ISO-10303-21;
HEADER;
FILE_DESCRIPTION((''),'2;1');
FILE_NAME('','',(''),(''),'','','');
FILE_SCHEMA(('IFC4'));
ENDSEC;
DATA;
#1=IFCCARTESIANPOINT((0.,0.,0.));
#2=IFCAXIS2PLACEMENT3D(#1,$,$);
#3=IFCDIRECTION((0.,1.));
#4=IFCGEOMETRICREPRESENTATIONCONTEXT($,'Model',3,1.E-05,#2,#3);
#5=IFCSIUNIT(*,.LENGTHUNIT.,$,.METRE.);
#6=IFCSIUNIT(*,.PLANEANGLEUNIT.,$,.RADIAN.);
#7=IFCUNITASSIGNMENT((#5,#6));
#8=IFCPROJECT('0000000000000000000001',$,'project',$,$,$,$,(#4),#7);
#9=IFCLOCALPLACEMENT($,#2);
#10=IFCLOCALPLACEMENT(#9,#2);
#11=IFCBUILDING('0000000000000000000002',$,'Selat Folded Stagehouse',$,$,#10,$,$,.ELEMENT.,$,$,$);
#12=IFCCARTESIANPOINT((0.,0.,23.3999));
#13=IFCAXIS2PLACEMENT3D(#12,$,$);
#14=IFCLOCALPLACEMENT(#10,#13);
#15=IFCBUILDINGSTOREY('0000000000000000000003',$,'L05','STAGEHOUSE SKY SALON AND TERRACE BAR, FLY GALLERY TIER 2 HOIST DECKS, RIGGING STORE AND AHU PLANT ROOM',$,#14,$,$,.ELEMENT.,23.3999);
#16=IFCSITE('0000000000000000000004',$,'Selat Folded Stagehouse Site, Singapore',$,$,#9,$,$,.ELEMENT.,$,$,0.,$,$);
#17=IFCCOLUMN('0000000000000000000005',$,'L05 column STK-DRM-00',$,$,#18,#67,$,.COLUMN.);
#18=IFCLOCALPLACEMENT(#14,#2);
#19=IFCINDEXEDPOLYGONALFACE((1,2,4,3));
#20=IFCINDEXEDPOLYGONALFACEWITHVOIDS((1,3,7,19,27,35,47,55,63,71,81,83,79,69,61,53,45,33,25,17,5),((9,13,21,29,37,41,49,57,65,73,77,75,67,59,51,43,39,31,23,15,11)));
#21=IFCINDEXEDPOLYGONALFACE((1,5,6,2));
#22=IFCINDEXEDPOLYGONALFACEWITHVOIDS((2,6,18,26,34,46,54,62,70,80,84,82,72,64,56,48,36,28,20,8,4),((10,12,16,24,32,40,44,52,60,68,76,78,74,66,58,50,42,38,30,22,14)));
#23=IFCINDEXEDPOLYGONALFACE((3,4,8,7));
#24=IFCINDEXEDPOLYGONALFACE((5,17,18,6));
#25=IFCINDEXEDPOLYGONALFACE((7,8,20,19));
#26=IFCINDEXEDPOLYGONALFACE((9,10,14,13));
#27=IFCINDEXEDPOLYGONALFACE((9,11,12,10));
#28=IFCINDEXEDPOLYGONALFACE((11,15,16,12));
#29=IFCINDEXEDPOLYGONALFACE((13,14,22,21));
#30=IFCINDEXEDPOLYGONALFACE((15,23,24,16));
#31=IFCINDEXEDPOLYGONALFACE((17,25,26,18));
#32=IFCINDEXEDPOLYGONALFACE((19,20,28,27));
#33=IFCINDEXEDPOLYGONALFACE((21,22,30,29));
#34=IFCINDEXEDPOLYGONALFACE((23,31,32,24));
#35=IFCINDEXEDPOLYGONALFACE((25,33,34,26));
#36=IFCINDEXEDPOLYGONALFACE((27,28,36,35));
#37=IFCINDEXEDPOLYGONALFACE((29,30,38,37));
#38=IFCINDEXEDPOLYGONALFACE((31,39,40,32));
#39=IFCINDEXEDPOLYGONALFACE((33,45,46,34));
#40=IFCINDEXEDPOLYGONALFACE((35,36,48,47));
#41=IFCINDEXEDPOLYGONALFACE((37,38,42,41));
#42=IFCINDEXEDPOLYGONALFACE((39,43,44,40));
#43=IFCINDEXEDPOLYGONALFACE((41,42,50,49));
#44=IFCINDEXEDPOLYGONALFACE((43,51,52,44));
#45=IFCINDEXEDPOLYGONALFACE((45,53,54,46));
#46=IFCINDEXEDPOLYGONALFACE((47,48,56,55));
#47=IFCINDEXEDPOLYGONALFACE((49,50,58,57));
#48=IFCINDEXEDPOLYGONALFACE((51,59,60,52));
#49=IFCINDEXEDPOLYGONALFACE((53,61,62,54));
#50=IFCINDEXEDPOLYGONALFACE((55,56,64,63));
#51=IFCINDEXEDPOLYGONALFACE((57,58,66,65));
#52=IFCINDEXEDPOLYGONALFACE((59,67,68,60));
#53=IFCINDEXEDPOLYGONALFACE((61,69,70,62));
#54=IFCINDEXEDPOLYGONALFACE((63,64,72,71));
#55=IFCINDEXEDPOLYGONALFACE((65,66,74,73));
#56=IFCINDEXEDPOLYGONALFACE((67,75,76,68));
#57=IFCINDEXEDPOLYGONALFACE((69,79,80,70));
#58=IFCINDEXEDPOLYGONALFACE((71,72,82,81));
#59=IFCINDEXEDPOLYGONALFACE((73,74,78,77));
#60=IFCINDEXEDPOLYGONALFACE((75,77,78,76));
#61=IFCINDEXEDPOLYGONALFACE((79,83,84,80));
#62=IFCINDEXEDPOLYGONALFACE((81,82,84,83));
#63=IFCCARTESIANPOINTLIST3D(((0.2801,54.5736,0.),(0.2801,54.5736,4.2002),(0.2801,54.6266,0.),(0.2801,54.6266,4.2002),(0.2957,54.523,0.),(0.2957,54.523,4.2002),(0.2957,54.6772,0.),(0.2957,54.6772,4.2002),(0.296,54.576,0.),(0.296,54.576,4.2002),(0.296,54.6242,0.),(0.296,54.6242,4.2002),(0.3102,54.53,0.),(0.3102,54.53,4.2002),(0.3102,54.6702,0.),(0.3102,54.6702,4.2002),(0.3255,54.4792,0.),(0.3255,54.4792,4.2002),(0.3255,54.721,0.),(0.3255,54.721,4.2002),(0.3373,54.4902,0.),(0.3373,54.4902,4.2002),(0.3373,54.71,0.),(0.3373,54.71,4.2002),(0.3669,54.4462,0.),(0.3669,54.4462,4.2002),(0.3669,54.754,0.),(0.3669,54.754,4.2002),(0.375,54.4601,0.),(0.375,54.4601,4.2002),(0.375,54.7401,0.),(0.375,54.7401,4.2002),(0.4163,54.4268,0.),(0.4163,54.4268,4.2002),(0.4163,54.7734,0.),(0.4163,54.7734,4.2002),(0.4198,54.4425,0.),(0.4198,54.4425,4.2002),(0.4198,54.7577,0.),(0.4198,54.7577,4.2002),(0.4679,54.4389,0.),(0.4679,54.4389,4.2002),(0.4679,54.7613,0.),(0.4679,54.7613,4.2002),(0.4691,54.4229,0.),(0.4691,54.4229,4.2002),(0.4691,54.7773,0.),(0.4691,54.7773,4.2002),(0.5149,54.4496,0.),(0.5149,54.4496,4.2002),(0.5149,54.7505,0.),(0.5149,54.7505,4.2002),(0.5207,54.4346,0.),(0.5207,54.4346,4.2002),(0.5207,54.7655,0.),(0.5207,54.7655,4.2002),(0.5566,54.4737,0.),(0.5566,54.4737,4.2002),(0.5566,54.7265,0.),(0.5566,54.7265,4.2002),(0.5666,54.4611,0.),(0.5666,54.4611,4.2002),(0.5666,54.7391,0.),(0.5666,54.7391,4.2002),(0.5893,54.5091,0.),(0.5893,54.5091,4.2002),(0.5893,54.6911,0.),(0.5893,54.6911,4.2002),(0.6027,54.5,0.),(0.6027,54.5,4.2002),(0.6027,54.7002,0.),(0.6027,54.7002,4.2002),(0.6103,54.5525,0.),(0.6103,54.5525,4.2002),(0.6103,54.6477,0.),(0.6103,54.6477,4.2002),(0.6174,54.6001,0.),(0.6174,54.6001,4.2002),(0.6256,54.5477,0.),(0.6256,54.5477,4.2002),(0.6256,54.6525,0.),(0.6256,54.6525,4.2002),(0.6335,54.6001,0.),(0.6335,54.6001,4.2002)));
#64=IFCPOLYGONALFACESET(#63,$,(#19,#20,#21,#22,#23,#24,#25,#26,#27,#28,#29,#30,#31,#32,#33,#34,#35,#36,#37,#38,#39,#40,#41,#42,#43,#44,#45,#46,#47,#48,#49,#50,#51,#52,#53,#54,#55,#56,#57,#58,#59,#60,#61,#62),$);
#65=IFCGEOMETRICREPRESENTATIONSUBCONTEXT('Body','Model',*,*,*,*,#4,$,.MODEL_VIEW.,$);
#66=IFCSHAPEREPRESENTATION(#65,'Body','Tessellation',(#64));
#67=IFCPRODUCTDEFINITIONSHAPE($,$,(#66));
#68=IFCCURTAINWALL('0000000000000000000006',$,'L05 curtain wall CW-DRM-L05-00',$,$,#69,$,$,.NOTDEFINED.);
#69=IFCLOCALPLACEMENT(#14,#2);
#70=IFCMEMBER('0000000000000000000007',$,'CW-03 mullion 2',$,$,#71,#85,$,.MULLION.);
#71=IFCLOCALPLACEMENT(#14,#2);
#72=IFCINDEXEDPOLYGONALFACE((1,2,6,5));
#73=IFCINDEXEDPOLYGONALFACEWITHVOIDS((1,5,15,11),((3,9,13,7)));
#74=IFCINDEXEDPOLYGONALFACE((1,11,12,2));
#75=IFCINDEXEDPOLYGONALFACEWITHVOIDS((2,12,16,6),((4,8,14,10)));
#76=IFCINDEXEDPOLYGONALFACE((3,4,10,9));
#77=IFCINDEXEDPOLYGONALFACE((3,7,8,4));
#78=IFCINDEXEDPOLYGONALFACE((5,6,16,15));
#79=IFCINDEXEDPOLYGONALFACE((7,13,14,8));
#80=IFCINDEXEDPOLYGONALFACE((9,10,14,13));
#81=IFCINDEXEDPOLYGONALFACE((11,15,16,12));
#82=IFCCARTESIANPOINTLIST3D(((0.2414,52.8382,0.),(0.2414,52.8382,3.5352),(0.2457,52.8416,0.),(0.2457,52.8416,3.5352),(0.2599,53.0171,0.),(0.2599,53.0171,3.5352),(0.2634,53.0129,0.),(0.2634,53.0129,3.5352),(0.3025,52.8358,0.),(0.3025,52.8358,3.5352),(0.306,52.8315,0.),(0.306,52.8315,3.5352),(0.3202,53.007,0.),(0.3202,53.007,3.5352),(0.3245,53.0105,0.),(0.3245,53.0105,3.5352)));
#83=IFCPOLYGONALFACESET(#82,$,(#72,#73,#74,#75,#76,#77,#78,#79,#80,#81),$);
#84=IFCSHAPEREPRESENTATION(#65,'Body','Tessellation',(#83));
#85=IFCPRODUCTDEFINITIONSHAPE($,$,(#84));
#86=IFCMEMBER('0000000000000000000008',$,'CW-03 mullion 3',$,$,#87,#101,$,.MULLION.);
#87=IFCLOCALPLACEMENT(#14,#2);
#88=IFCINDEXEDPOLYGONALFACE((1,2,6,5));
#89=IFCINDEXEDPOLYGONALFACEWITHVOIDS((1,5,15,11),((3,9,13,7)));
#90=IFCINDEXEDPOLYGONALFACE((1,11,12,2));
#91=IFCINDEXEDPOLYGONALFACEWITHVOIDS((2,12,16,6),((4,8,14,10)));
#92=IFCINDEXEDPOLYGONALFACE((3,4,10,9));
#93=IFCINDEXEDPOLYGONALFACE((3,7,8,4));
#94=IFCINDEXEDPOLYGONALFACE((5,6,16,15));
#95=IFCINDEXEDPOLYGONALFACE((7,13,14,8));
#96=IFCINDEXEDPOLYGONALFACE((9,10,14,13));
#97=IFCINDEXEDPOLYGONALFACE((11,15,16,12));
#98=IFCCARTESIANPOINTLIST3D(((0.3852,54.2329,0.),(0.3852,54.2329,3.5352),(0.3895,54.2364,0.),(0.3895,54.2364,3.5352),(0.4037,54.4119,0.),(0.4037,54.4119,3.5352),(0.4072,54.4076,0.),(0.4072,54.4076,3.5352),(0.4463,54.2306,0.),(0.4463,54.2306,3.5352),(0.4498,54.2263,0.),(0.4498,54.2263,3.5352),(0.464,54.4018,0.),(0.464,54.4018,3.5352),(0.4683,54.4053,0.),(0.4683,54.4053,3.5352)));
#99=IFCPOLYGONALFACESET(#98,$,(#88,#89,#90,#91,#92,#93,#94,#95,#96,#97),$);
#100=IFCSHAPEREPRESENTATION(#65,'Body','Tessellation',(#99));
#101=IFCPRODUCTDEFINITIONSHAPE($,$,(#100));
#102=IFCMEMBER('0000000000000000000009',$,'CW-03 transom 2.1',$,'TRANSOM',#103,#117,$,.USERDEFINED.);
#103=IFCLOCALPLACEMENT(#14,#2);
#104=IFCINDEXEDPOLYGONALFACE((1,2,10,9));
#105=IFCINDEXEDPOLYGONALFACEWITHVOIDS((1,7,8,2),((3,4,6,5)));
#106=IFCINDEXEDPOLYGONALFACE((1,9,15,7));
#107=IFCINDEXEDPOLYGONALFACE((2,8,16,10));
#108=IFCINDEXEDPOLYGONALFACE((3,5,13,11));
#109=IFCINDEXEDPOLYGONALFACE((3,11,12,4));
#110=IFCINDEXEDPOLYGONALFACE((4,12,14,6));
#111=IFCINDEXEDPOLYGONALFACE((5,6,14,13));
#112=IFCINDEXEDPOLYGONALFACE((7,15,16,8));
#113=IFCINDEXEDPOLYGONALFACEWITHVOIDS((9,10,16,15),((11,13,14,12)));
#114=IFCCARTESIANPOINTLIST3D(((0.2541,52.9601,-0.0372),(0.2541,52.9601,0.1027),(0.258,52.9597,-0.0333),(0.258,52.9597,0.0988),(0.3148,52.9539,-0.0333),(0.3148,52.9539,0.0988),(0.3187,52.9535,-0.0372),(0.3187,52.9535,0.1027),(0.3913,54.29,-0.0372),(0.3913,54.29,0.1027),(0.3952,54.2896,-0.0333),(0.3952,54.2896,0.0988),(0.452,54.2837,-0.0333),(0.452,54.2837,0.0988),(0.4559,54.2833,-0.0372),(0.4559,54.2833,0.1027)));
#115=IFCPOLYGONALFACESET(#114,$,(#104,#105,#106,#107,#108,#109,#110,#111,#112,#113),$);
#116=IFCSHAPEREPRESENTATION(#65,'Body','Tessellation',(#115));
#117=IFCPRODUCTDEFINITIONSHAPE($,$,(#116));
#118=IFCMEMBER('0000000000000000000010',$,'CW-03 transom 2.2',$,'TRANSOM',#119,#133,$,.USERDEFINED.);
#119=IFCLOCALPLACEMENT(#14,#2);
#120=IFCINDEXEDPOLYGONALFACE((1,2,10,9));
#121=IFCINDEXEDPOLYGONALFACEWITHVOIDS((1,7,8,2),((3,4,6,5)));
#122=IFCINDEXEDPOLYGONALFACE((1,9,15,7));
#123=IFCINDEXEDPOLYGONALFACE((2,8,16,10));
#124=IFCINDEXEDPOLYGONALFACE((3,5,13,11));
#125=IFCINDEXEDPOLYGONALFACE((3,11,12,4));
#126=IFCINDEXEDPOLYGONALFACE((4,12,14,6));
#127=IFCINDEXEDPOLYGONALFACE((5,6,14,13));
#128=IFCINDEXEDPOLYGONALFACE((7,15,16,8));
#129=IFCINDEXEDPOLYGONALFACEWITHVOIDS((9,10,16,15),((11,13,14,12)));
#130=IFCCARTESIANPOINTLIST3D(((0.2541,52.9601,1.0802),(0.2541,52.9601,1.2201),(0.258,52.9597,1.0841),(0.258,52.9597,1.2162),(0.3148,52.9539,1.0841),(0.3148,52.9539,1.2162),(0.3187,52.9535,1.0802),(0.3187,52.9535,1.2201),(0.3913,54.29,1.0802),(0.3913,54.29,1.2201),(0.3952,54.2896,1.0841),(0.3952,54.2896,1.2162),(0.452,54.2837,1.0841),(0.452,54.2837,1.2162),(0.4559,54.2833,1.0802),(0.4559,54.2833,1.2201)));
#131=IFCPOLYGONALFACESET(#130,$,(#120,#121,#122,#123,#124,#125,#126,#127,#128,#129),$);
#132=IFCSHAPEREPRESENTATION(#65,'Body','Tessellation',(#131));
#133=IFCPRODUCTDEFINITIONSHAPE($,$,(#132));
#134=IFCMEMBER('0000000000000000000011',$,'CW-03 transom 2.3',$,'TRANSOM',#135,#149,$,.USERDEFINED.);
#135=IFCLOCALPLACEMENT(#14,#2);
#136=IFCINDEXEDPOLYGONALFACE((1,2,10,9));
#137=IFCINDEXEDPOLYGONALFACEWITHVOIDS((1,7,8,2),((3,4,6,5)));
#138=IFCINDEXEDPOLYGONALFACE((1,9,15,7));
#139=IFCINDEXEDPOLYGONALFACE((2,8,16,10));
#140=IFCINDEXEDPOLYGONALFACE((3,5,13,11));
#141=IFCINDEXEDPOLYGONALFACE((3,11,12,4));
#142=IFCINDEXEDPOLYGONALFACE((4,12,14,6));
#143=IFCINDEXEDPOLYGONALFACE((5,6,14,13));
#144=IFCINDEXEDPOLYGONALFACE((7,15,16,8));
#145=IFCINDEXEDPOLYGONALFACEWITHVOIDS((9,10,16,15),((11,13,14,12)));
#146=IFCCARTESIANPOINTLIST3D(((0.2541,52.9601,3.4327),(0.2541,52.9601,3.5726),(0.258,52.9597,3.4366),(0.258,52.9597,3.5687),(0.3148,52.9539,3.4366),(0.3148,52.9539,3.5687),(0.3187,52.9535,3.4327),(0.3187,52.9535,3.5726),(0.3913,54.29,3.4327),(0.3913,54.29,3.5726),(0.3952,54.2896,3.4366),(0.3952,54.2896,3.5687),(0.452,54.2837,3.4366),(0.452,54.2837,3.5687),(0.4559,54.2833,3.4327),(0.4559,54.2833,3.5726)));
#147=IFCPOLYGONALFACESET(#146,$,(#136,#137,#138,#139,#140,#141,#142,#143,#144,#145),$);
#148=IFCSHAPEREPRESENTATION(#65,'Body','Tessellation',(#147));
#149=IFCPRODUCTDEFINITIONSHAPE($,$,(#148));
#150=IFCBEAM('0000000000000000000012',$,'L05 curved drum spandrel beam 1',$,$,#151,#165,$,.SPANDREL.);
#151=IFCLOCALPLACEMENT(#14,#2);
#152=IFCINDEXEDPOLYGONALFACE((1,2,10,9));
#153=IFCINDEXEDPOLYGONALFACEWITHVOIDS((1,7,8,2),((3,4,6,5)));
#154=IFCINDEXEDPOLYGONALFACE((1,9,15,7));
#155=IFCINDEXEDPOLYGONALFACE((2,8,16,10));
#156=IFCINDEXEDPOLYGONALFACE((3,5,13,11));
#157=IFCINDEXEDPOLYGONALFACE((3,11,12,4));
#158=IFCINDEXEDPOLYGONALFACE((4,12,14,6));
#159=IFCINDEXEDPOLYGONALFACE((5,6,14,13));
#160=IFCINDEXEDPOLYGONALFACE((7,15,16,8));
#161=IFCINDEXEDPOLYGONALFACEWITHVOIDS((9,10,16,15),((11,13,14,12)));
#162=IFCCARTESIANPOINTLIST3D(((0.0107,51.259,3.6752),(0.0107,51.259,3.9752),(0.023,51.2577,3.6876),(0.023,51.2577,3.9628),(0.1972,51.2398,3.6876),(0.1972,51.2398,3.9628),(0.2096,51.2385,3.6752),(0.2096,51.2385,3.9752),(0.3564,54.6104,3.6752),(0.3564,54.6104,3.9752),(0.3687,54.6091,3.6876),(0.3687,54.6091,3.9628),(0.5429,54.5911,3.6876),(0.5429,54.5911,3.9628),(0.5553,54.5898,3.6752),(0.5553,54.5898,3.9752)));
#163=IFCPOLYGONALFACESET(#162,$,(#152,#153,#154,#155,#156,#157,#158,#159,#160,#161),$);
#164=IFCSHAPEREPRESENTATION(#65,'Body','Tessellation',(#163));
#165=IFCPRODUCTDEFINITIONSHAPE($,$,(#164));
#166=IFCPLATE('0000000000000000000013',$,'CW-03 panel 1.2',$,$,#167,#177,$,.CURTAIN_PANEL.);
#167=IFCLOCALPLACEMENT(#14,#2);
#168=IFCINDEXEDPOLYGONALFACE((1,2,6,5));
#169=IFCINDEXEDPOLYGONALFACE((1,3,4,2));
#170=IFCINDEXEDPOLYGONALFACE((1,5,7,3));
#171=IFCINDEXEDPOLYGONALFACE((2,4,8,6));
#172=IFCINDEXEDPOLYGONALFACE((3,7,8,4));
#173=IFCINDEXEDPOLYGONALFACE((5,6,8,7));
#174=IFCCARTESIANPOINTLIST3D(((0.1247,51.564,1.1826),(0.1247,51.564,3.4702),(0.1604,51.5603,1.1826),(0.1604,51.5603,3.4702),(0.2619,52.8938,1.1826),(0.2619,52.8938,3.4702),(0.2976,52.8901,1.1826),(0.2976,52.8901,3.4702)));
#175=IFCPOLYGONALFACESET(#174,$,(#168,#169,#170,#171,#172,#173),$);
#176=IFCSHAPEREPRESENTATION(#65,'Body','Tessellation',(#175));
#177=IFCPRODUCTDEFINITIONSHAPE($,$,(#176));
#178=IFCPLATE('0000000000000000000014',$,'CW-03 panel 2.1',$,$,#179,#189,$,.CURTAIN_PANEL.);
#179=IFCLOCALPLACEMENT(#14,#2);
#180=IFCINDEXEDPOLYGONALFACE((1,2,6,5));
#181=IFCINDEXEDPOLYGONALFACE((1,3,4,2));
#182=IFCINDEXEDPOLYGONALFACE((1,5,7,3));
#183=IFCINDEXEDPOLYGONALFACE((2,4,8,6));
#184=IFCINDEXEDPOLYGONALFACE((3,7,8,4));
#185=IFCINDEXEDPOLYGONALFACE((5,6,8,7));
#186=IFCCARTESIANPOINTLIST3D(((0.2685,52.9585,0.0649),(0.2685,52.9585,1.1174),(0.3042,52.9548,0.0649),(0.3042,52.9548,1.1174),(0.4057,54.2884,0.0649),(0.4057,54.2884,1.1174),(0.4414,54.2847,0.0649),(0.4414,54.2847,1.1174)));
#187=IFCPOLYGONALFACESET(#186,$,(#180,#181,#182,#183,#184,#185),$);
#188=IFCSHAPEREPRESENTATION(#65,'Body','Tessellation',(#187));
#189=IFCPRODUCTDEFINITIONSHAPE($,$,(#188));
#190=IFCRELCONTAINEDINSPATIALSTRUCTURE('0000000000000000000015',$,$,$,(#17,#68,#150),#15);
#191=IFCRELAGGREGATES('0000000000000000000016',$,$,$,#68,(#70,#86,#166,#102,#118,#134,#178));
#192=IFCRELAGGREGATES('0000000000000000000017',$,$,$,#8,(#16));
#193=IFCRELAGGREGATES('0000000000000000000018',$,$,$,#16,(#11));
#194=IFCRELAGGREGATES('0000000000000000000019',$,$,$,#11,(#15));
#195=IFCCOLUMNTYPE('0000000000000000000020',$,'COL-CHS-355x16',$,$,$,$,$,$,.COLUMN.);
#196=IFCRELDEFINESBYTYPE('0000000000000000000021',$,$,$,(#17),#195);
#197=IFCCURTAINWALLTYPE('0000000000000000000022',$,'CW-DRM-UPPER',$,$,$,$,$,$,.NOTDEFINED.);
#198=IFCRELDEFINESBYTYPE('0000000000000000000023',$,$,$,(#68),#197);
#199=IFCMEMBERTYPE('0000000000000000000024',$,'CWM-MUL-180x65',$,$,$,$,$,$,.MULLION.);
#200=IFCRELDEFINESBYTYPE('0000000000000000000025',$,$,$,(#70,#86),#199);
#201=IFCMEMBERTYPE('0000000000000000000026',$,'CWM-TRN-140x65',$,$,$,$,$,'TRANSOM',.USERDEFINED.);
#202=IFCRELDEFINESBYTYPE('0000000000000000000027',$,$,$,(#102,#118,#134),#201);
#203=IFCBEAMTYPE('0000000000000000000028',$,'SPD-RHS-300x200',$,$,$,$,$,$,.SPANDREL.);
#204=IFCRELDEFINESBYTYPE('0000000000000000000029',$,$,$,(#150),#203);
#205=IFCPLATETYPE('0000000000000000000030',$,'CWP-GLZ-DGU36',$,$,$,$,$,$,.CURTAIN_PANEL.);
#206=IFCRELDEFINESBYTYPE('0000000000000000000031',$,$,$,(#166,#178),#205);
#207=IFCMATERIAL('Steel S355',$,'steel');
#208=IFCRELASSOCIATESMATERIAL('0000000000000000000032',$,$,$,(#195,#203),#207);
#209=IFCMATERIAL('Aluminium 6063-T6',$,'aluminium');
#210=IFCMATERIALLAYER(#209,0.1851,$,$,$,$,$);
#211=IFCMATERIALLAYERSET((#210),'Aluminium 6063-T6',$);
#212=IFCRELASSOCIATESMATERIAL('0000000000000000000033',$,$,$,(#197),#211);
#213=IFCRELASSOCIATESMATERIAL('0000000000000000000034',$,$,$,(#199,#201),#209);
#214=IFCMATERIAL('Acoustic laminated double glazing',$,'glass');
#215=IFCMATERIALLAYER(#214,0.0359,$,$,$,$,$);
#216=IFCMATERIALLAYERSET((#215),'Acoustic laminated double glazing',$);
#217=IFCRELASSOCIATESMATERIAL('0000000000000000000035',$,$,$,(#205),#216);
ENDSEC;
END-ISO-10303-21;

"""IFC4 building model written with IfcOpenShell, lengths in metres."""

from ifc_helpers import new_model, si_unit, direction, frame, origin, origin_2d, place, context, subcontext, project, spatial, rectangle, hollow_rectangle, hollow_circle, extrude, material, layer, layer_set, material_profile, profile_set, type_object, element, aggregate, save


model = new_model("IFC4")

# Units and contexts
model_context = context("Model", 3, precision=1e-05, world=origin(), true_north=direction((0.0, 1.0)))
body_context = subcontext(model_context, "Body", "Model", "MODEL_VIEW")
ifc_project = project(units=[si_unit("LENGTHUNIT", "METRE"), si_unit("PLANEANGLEUNIT", "RADIAN")], contexts=[model_context])

# Site, building, storey
site_placement = place(None, origin())
site = spatial("IfcSite", under=ifc_project, at=site_placement, Name="Selat Folded Stagehouse Site, Singapore", CompositionType="ELEMENT", RefElevation=0.0)
building_placement = place(site_placement, origin())
building = spatial("IfcBuilding", under=site, at=building_placement, Name="Selat Folded Stagehouse", CompositionType="ELEMENT")
storey_placement = place(building_placement, frame((0.0, 0.0, 23.3999)))
storey = spatial("IfcBuildingStorey", under=building, at=storey_placement, Name="L05", Description="STAGEHOUSE SKY SALON AND TERRACE BAR, FLY GALLERY TIER 2 HOIST DECKS, RIGGING STORE AND AHU PLANT ROOM", CompositionType="ELEMENT", Elevation=23.3999)

# Column
ifc_material_1 = material(Name="Steel S355", Category="steel")
ifc_material_profile_1 = material_profile(ifc_material_1, hollow_circle(Radius=0.1777, WallThickness=0.0161, at=origin_2d()), Name="CHS 355.6x16.0")
ifc_profile_set_1 = profile_set([ifc_material_profile_1], Name="Steel S355")
column_type = type_object("IfcColumnType", Name="COL-CHS-355x16", PredefinedType="COLUMN", material=ifc_profile_set_1)
column_placement = place(storey_placement, frame((0.4558, 54.6001, 0.0), z_axis=(0.0, 0.0, 1.0), x_axis=(1.0, 0.0, 0.0)))
element("IfcColumn", 1, at=column_placement, inside=storey, type_object=column_type, Name="L05 column STK-DRM-00", PredefinedType="COLUMN", context=body_context, shape_type="SweptSolid", body=[
    extrude(hollow_circle(Radius=0.1777, WallThickness=0.0161, at=origin_2d()), origin(), (0.0, 0.0, 1.0), 4.2002),
])

# Curtain wall, members
ifc_material_2 = material(Name="Aluminium 6063-T6", Category="aluminium")
ifc_layer_1 = layer(ifc_material_2, 0.1851)
ifc_layer_set_1 = layer_set([ifc_layer_1], Name="Aluminium 6063-T6")
curtain_wall_type = type_object("IfcCurtainWallType", Name="CW-DRM-UPPER", PredefinedType="NOTDEFINED", material=ifc_layer_set_1)
curtain_wall_placement = place(storey_placement, origin())
curtain_wall = element("IfcCurtainWall", 2, at=curtain_wall_placement, inside=storey, type_object=curtain_wall_type, Name="L05 curtain wall CW-DRM-L05-00", PredefinedType="NOTDEFINED")
ifc_material_profile_2 = material_profile(ifc_material_2, hollow_rectangle(XDim=0.0649, YDim=0.1799, WallThickness=0.0039, at=origin_2d()), Name="ALU 180x65x4.0")
ifc_profile_set_2 = profile_set([ifc_material_profile_2], Name="Aluminium 6063-T6")
member_type_1 = type_object("IfcMemberType", Name="CWM-MUL-180x65", PredefinedType="MULLION", material=ifc_profile_set_2)
member_1_placement = place(storey_placement, frame((0.283, 52.9243, 0.0), z_axis=(0.0, 0.0, 1.0), x_axis=(-0.994721, 0.102616, 0.0)))
member_1 = element("IfcMember", 3, at=member_1_placement, type_object=member_type_1, Name="CW-03 mullion 2", PredefinedType="MULLION", context=body_context, shape_type="SweptSolid", body=[
    extrude(hollow_rectangle(XDim=0.0649, YDim=0.1799, WallThickness=0.0039, at=origin_2d()), origin(), (0.0, 0.0, 1.0), 3.5352),
])
member_2_placement = place(storey_placement, frame((0.4268, 54.3191, 0.0), z_axis=(0.0, 0.0, 1.0), x_axis=(-0.994721, 0.102616, 0.0)))
member_2 = element("IfcMember", 4, at=member_2_placement, type_object=member_type_1, Name="CW-03 mullion 3", PredefinedType="MULLION", context=body_context, shape_type="SweptSolid", body=[
    extrude(hollow_rectangle(XDim=0.0649, YDim=0.1799, WallThickness=0.0039, at=origin_2d()), origin(), (0.0, 0.0, 1.0), 3.5352),
])
ifc_material_profile_3 = material_profile(ifc_material_2, hollow_rectangle(XDim=0.0649, YDim=0.1399, WallThickness=0.0039, at=origin_2d()), Name="ALU 140x65x4.0")
ifc_profile_set_3 = profile_set([ifc_material_profile_3], Name="Aluminium 6063-T6")
member_type_2 = type_object("IfcMemberType", Name="CWM-TRN-140x65", ElementType="TRANSOM", PredefinedType="USERDEFINED", material=ifc_profile_set_3)
member_3_placement = place(storey_placement, frame((0.2864, 52.9568, 0.0327), z_axis=(0.102631, 0.994719, 0.0), x_axis=(-0.994719, 0.102631, 0.0)))
member_3 = element("IfcMember", 5, at=member_3_placement, type_object=member_type_2, Name="CW-03 transom 2.1", ObjectType="TRANSOM", PredefinedType="USERDEFINED", context=body_context, shape_type="SweptSolid", body=[
    extrude(hollow_rectangle(XDim=0.0649, YDim=0.1399, WallThickness=0.0039, at=origin_2d()), origin(), (0.0, 0.0, 1.0), 1.3369),
])
member_4_placement = place(storey_placement, frame((0.2864, 52.9568, 1.1501), z_axis=(0.102631, 0.994719, 0.0), x_axis=(-0.994719, 0.102631, 0.0)))
member_4 = element("IfcMember", 6, at=member_4_placement, type_object=member_type_2, Name="CW-03 transom 2.2", ObjectType="TRANSOM", PredefinedType="USERDEFINED", context=body_context, shape_type="SweptSolid", body=[
    extrude(hollow_rectangle(XDim=0.0649, YDim=0.1399, WallThickness=0.0039, at=origin_2d()), origin(), (0.0, 0.0, 1.0), 1.3369),
])
member_5_placement = place(storey_placement, frame((0.2864, 52.9568, 3.5027), z_axis=(0.102631, 0.994719, 0.0), x_axis=(-0.994719, 0.102631, 0.0)))
member_5 = element("IfcMember", 7, at=member_5_placement, type_object=member_type_2, Name="CW-03 transom 2.3", ObjectType="TRANSOM", PredefinedType="USERDEFINED", context=body_context, shape_type="SweptSolid", body=[
    extrude(hollow_rectangle(XDim=0.0649, YDim=0.1399, WallThickness=0.0039, at=origin_2d()), origin(), (0.0, 0.0, 1.0), 1.3369),
])

# Beam
ifc_material_profile_4 = material_profile(ifc_material_1, hollow_rectangle(XDim=0.2, YDim=0.3, WallThickness=0.0125, at=origin_2d()), Name="RHS 300x200x12.5")
ifc_profile_set_4 = profile_set([ifc_material_profile_4], Name="Steel S355")
beam_type = type_object("IfcBeamType", Name="SPD-RHS-300x200", PredefinedType="SPANDREL", material=ifc_profile_set_4)
beam_placement = place(storey_placement, frame((0.4558, 54.6001, 3.8252), z_axis=(-0.10261, -0.994722, 0.0), x_axis=(0.994722, -0.10261, 0.0)))
element("IfcBeam", 8, at=beam_placement, inside=storey, type_object=beam_type, Name="L05 curved drum spandrel beam 1", PredefinedType="SPANDREL", context=body_context, shape_type="SweptSolid", body=[
    extrude(hollow_rectangle(XDim=0.2, YDim=0.3, WallThickness=0.0125, at=origin_2d()), origin(), (0.0, 0.0, 1.0), 3.3691),
])

# Plates
ifc_material_3 = material(Name="Acoustic laminated double glazing", Category="glass")
ifc_layer_2 = layer(ifc_material_3, 0.0359)
ifc_layer_set_2 = layer_set([ifc_layer_2], Name="Acoustic laminated double glazing")
plate_type_1 = type_object("IfcPlateType", Name="CWP-GLZ-DGU36", PredefinedType="CURTAIN_PANEL", material=ifc_layer_set_2)
plate_1_placement = place(storey_placement, frame((0.2112, 52.2271, 1.1826), z_axis=(0.0, 0.0, 1.0), x_axis=(0.102616, 0.994721, 0.0)))
plate_1 = element("IfcPlate", 9, at=plate_1_placement, type_object=plate_type_1, Name="CW-03 panel 1.2", PredefinedType="CURTAIN_PANEL", context=body_context, shape_type="SweptSolid", body=[
    extrude(rectangle(XDim=1.3369, YDim=0.0359, at=origin_2d()), origin(), (0.0, 0.0, 1.0), 2.2876),
])
plate_2_placement = place(storey_placement, frame((0.355, 53.6216, 0.0649), z_axis=(0.0, 0.0, 1.0), x_axis=(0.102616, 0.994721, 0.0)))
plate_2 = element("IfcPlate", 10, at=plate_2_placement, type_object=plate_type_1, Name="CW-03 panel 2.1", PredefinedType="CURTAIN_PANEL", context=body_context, shape_type="SweptSolid", body=[
    extrude(rectangle(XDim=1.3369, YDim=0.0359, at=origin_2d()), origin(), (0.0, 0.0, 1.0), 1.0525),
])
aggregate(curtain_wall, [member_1, member_2, plate_1, member_3, member_4, member_5, plate_2])

save(model, "model.ifc")
